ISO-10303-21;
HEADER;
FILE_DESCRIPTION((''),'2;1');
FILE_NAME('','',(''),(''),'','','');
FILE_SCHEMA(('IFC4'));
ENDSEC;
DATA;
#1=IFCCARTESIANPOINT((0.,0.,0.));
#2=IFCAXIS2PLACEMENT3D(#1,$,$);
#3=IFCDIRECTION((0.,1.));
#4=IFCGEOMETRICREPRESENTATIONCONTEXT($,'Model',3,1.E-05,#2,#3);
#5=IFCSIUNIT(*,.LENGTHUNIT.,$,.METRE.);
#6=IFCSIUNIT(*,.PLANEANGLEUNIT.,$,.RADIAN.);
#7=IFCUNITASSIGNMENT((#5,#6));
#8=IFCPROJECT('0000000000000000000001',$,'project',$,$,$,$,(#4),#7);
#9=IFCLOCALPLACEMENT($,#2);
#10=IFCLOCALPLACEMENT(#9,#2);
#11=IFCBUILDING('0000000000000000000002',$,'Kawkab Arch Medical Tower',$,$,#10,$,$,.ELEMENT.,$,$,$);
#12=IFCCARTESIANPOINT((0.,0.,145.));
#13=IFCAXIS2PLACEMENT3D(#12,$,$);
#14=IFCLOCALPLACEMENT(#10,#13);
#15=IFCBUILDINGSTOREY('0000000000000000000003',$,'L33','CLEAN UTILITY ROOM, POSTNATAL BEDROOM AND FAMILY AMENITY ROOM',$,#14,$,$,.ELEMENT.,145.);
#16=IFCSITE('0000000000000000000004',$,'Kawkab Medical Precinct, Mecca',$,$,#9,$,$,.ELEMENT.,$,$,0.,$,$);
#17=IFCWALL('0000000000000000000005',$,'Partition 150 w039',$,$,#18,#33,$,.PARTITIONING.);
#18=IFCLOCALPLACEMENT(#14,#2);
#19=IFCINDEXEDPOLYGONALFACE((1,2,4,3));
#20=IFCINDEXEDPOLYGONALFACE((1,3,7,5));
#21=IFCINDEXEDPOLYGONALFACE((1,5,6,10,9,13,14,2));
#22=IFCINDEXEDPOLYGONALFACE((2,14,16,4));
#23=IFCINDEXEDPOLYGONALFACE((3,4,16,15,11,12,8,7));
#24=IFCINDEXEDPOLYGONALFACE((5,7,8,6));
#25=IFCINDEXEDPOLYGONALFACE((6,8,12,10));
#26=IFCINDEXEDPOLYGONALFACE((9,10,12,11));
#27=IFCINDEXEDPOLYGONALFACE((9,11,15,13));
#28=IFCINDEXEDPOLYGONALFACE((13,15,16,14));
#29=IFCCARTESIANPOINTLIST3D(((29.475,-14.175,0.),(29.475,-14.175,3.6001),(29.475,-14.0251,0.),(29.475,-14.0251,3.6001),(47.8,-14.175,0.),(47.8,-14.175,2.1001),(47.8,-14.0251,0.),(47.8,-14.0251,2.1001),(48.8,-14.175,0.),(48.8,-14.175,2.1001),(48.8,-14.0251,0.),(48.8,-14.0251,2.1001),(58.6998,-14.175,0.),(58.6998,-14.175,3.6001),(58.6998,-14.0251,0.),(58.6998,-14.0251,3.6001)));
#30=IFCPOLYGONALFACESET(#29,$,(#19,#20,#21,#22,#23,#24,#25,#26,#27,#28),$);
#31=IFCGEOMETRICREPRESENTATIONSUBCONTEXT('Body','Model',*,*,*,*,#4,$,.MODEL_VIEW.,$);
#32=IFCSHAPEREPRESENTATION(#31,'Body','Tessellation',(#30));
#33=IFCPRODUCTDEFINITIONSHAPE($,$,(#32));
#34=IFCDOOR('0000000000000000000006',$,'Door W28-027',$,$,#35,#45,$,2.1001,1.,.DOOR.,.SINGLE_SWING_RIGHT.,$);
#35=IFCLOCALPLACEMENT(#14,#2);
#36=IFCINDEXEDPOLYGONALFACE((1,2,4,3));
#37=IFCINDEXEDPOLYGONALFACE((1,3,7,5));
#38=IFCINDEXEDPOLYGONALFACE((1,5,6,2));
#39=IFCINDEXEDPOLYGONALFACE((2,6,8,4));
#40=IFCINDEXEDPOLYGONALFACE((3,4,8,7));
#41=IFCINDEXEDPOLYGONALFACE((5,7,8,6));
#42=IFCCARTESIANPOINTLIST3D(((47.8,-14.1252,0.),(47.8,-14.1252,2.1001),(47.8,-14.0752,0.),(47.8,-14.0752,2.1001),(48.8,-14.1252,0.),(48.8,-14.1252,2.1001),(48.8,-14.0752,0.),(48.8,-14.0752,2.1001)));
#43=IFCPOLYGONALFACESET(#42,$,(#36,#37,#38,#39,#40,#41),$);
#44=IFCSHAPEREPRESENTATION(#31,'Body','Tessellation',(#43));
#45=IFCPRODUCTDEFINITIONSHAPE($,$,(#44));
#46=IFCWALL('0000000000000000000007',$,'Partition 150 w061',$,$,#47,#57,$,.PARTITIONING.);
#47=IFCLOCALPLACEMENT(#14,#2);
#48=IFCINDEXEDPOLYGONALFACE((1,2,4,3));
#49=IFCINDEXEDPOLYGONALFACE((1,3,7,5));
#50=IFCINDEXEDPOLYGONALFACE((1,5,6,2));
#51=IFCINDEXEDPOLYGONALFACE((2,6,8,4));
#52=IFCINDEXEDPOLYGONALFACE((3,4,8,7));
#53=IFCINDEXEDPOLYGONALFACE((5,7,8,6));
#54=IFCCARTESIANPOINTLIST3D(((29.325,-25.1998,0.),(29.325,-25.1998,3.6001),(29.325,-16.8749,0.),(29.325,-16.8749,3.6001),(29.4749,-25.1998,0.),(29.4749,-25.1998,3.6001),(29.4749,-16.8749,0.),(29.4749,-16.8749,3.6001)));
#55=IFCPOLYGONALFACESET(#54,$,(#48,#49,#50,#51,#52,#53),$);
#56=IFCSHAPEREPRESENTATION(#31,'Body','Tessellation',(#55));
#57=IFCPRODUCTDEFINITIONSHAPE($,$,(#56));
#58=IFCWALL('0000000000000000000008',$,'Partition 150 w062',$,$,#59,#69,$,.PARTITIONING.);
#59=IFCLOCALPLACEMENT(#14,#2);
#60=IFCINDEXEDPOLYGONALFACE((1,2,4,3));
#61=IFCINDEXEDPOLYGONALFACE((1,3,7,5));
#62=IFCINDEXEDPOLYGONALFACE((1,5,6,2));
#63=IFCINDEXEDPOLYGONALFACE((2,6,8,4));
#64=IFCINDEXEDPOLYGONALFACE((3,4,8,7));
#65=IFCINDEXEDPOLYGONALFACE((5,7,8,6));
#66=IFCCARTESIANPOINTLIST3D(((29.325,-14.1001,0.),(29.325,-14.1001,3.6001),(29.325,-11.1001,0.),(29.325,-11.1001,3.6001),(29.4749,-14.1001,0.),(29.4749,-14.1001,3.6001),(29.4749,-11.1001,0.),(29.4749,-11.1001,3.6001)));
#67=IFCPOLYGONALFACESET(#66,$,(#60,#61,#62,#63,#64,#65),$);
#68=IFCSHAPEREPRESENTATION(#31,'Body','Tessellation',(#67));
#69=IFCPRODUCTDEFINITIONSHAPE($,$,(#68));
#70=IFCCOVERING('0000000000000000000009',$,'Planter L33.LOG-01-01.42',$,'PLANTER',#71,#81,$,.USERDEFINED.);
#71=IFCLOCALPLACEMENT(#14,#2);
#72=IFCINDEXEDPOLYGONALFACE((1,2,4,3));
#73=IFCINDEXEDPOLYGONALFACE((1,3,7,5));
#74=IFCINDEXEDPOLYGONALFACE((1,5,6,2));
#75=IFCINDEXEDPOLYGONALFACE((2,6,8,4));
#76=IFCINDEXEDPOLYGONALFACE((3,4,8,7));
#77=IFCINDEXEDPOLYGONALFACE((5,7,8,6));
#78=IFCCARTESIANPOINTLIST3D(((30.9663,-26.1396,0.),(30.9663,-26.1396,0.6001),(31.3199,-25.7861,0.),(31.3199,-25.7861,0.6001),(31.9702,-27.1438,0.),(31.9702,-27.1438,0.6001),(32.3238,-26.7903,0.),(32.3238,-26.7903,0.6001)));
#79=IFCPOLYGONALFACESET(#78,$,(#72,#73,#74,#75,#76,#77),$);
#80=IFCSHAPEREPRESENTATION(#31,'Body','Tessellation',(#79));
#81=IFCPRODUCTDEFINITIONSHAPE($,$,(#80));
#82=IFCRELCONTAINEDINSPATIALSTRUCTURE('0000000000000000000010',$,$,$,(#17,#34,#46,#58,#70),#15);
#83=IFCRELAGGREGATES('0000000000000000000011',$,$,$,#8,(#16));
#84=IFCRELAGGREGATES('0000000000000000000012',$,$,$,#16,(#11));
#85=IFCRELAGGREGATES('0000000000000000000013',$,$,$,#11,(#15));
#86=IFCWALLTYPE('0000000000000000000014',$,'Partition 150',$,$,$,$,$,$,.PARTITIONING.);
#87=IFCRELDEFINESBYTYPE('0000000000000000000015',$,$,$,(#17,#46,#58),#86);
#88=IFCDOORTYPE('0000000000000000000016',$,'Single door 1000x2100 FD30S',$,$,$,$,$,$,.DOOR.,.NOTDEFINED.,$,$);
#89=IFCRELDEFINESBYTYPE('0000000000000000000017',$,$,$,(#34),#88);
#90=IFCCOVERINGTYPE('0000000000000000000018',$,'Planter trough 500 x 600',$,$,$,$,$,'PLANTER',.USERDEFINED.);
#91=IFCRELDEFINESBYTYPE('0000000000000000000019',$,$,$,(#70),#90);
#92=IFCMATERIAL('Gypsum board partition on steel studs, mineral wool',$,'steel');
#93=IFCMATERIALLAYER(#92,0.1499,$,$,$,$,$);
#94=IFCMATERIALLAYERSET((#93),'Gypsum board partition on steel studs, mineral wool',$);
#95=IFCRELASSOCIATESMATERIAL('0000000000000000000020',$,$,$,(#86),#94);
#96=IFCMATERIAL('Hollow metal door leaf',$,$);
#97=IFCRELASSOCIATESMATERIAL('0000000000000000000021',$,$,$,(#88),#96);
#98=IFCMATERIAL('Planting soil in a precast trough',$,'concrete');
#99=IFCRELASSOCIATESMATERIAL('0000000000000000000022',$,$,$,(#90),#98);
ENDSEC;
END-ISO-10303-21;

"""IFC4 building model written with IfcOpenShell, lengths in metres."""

from ifc_helpers import new_model, si_unit, direction, frame, frame_2d, origin, origin_2d, place, context, subcontext, project, spatial, rectangle, extrude, material, layer, layer_set, material_profile, profile_set, type_object, element, fill, save


model = new_model("IFC4")

# Units and contexts
model_context = context("Model", 3, precision=1e-05, world=origin(), true_north=direction((0.0, 1.0)))
body_context = subcontext(model_context, "Body", "Model", "MODEL_VIEW")
ifc_project = project(units=[si_unit("LENGTHUNIT", "METRE"), si_unit("PLANEANGLEUNIT", "RADIAN")], contexts=[model_context])

# Site, building, storey
site_placement = place(None, origin())
site = spatial("IfcSite", under=ifc_project, at=site_placement, Name="Kawkab Medical Precinct, Mecca", CompositionType="ELEMENT", RefElevation=0.0)
building_placement = place(site_placement, origin())
building = spatial("IfcBuilding", under=site, at=building_placement, Name="Kawkab Arch Medical Tower", CompositionType="ELEMENT")
storey_placement = place(building_placement, frame((0.0, 0.0, 145.0)))
storey = spatial("IfcBuildingStorey", under=building, at=storey_placement, Name="L33", Description="CLEAN UTILITY ROOM, POSTNATAL BEDROOM AND FAMILY AMENITY ROOM", CompositionType="ELEMENT", Elevation=145.0)

# Shared definitions
ifc_material_1 = material(Name="Gypsum board partition on steel studs, mineral wool", Category="steel")
ifc_layer_1 = layer(ifc_material_1, 0.1499)
ifc_layer_set_1 = layer_set([ifc_layer_1], Name="Gypsum board partition on steel studs, mineral wool")
wall_type_1 = type_object("IfcWallType", Name="Partition 150", PredefinedType="PARTITIONING", material=ifc_layer_set_1)

# Shared definitions
ifc_material_2 = material(Name="Hollow metal door leaf")
door_type_1 = type_object("IfcDoorType", Name="Single door 1000x2100 FD30S", OperationType="NOTDEFINED", PredefinedType="DOOR", material=ifc_material_2)

# Wall, opening, door
wall_1_placement = place(storey_placement, frame((29.4751, -14.1001, 0.0), z_axis=(0.0, 0.0, 1.0), x_axis=(1.0, 0.0, 0.0)))
wall_1 = element("IfcWall", 1, at=wall_1_placement, inside=storey, type_object=wall_type_1, Name="Partition 150 w039", PredefinedType="PARTITIONING", context=body_context, shape_type="SweptSolid", body=[
    extrude(rectangle(XDim=29.2249, YDim=0.1499, at=frame_2d((14.6123, 0.0))), origin(), (0.0, 0.0, 1.0), 3.6001),
])
opening_1_placement = place(wall_1_placement, frame((18.325, 0.0, 0.0)))
opening_1 = element("IfcOpeningElement", 2, at=opening_1_placement, cuts=wall_1, PredefinedType="OPENING", context=body_context, shape_type="SweptSolid", body=[
    extrude(rectangle(XDim=1.0, YDim=2.1001, at=frame_2d((0.5, 1.05))), frame((0.0, 0.085, 0.0), z_axis=(0.0, -1.0, 0.0), x_axis=(1.0, 0.0, 0.0)), (0.0, 0.0, 1.0), 0.1699),
])
door_1_placement = place(opening_1_placement, origin())
door_1 = element("IfcDoor", 3, at=door_1_placement, inside=storey, type_object=door_type_1, Name="Door W28-027", OperationType="SINGLE_SWING_RIGHT", OverallHeight=2.1001, OverallWidth=1.0, PredefinedType="DOOR", context=body_context, shape_type="SweptSolid", body=[
    extrude(rectangle(XDim=1.0, YDim=2.1001, at=frame_2d((0.5, 1.05))), frame((0.0, 0.0249, 0.0), z_axis=(0.0, -1.0, 0.0), x_axis=(1.0, 0.0, 0.0)), (0.0, 0.0, 1.0), 0.05),
])
fill(opening_1, door_1)

# Walls
wall_2_placement = place(storey_placement, frame((29.3999, -25.2, 0.0), z_axis=(0.0, 0.0, 1.0), x_axis=(0.0, 1.0, 0.0)))
element("IfcWall", 4, at=wall_2_placement, inside=storey, type_object=wall_type_1, Name="Partition 150 w061", PredefinedType="PARTITIONING", context=body_context, shape_type="SweptSolid", body=[
    extrude(rectangle(XDim=8.325, YDim=0.1499, at=frame_2d((4.1626, 0.0))), origin(), (0.0, 0.0, 1.0), 3.6001),
])
wall_3_placement = place(storey_placement, frame((29.3999, -14.1001, 0.0), z_axis=(0.0, 0.0, 1.0), x_axis=(0.0, 1.0, 0.0)))
element("IfcWall", 5, at=wall_3_placement, inside=storey, type_object=wall_type_1, Name="Partition 150 w062", PredefinedType="PARTITIONING", context=body_context, shape_type="SweptSolid", body=[
    extrude(rectangle(XDim=3.0, YDim=0.1499, at=frame_2d((1.5, 0.0))), origin(), (0.0, 0.0, 1.0), 3.6001),
])

# Covering
ifc_material_3 = material(Name="Planting soil in a precast trough", Category="concrete")
ifc_material_profile_1 = material_profile(ifc_material_3, rectangle(XDim=0.5, YDim=0.6001, at=origin_2d()), Name="Trough 500x600")
ifc_profile_set_1 = profile_set([ifc_material_profile_1], Name="Planting soil in a precast trough")
covering_type = type_object("IfcCoveringType", Name="Planter trough 500 x 600", ElementType="PLANTER", PredefinedType="USERDEFINED", material=ifc_profile_set_1)
covering_placement = place(storey_placement, frame((31.1431, -25.9629, 0.3), z_axis=(0.707021, -0.707193, 0.0), x_axis=(0.707193, 0.707021, 0.0)))
element("IfcCovering", 6, at=covering_placement, inside=storey, type_object=covering_type, Name="Planter L33.LOG-01-01.42", ObjectType="PLANTER", PredefinedType="USERDEFINED", context=body_context, shape_type="SweptSolid", body=[
    extrude(rectangle(XDim=0.5, YDim=0.6001, at=origin_2d()), origin(), (0.0, 0.0, 1.0), 1.4199),
])

save(model, "model.ifc")
